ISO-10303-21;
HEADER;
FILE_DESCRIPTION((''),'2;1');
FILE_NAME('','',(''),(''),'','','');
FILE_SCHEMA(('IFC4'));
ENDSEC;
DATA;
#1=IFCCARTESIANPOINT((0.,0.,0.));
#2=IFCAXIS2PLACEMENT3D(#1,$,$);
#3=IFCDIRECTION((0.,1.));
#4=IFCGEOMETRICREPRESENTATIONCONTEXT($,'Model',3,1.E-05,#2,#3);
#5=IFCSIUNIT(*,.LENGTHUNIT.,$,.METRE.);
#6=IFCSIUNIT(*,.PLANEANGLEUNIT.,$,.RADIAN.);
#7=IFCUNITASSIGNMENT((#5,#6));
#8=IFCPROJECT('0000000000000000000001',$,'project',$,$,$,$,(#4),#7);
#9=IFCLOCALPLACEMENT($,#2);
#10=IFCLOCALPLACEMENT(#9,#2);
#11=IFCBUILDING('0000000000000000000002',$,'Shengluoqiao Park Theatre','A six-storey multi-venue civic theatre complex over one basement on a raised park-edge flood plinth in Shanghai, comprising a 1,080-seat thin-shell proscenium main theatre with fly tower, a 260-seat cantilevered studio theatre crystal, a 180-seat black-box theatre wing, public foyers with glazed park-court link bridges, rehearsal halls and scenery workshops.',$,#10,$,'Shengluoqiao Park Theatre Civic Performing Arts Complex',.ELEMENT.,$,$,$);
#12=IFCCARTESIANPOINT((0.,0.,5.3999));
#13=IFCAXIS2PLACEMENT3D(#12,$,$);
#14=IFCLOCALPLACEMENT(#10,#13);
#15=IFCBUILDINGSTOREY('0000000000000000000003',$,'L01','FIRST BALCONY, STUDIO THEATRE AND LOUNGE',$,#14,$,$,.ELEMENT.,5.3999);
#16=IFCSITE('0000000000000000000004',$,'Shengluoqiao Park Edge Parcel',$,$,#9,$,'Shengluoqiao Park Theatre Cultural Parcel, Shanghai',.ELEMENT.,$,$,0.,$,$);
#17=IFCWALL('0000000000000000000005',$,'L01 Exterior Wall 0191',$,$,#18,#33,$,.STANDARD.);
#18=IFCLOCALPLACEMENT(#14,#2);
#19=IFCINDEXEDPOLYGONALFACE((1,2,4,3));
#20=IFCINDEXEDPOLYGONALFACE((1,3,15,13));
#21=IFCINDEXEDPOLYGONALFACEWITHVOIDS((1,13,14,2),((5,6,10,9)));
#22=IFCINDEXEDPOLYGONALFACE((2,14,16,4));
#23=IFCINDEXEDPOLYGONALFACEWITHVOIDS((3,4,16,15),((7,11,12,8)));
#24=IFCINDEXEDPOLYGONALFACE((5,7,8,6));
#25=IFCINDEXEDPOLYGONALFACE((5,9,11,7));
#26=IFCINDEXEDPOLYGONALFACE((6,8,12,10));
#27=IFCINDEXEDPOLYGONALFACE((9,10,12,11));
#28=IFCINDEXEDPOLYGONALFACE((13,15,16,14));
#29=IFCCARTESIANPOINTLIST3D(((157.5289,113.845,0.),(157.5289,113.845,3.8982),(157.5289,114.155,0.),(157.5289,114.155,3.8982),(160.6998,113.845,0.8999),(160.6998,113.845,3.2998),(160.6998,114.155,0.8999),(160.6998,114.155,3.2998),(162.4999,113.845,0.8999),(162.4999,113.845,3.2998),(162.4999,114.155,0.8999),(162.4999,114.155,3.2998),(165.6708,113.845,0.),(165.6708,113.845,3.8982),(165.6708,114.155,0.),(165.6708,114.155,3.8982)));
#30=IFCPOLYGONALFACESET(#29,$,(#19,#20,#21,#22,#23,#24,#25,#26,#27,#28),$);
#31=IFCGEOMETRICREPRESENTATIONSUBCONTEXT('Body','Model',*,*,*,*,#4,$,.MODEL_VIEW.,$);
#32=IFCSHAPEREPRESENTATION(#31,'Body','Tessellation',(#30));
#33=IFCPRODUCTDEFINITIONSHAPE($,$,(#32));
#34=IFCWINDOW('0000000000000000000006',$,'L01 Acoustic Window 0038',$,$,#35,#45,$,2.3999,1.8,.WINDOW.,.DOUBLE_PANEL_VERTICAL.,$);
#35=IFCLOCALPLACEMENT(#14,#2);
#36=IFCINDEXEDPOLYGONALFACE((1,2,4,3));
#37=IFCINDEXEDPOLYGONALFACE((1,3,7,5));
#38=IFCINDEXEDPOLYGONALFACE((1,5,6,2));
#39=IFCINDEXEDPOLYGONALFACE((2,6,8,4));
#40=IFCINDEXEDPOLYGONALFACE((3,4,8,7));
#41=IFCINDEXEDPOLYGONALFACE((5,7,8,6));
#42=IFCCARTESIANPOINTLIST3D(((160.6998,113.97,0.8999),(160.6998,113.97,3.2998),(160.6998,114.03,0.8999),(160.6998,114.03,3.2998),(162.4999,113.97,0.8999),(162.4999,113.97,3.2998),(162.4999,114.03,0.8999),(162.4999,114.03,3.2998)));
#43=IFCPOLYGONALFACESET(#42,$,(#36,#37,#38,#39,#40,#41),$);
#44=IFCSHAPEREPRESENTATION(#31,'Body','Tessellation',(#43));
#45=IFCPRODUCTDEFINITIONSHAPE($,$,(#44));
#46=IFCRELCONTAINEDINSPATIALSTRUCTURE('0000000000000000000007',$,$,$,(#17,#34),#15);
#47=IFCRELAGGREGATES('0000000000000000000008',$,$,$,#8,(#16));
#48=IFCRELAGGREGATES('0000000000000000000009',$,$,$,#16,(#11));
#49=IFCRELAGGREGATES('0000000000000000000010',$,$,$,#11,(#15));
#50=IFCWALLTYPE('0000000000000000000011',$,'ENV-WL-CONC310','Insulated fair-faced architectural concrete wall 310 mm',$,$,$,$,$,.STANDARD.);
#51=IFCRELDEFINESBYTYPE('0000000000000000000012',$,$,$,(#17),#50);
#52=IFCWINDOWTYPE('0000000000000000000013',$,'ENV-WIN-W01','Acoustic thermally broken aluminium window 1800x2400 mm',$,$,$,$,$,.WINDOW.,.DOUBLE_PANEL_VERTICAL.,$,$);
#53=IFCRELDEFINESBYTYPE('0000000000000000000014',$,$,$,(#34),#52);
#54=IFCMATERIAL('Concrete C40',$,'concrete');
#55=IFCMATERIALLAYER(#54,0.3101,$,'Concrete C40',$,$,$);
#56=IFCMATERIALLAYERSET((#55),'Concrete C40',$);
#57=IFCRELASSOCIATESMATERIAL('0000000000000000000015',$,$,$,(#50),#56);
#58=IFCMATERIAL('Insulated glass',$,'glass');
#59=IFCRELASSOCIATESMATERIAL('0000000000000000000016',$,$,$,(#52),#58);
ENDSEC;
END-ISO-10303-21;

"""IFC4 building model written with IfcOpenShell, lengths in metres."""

from ifc_helpers import new_model, si_unit, direction, frame, frame_2d, origin, place, context, subcontext, project, spatial, rectangle, extrude, material, layer, layer_set, type_object, element, fill, save


model = new_model("IFC4")

# Units and contexts
model_context = context("Model", 3, precision=1e-05, world=origin(), true_north=direction((0.0, 1.0)))
body_context = subcontext(model_context, "Body", "Model", "MODEL_VIEW")
ifc_project = project(units=[si_unit("LENGTHUNIT", "METRE"), si_unit("PLANEANGLEUNIT", "RADIAN")], contexts=[model_context])

# Site, building, storey
site_placement = place(None, origin())
site = spatial("IfcSite", under=ifc_project, at=site_placement, Name="Shengluoqiao Park Edge Parcel", LongName="Shengluoqiao Park Theatre Cultural Parcel, Shanghai", CompositionType="ELEMENT", RefElevation=0.0)
building_placement = place(site_placement, origin())
building = spatial("IfcBuilding", under=site, at=building_placement, Name="Shengluoqiao Park Theatre", Description="A six-storey multi-venue civic theatre complex over one basement on a raised park-edge flood plinth in Shanghai, comprising a 1,080-seat thin-shell proscenium main theatre with fly tower, a 260-seat cantilevered studio theatre crystal, a 180-seat black-box theatre wing, public foyers with glazed park-court link bridges, rehearsal halls and scenery workshops.", LongName="Shengluoqiao Park Theatre Civic Performing Arts Complex", CompositionType="ELEMENT")
storey_placement = place(building_placement, frame((0.0, 0.0, 5.3999)))
storey = spatial("IfcBuildingStorey", under=building, at=storey_placement, Name="L01", Description="FIRST BALCONY, STUDIO THEATRE AND LOUNGE", CompositionType="ELEMENT", Elevation=5.3999)

# Shared definitions
ifc_material_1 = material(Name="Concrete C40", Category="concrete")

# Wall, opening, window
ifc_material_2 = material(Name="Insulated glass", Category="glass")
ifc_layer_1 = layer(ifc_material_1, 0.3101, Name="Concrete C40")
ifc_layer_set_1 = layer_set([ifc_layer_1], Name="Concrete C40")
wall_type_1 = type_object("IfcWallType", Name="ENV-WL-CONC310", Description="Insulated fair-faced architectural concrete wall 310 mm", PredefinedType="STANDARD", material=ifc_layer_set_1)
wall_1_placement = place(storey_placement, frame((157.5291, 114.0, 0.0), z_axis=(0.0, 0.0, 1.0), x_axis=(1.0, 0.0, 0.0)))
wall_1 = element("IfcWall", 1, at=wall_1_placement, inside=storey, type_object=wall_type_1, Name="L01 Exterior Wall 0191", PredefinedType="STANDARD", context=body_context, shape_type="SweptSolid", body=[
    extrude(rectangle(XDim=8.1418, YDim=0.3101, at=frame_2d((4.0708, 0.0))), origin(), (0.0, 0.0, 1.0), 3.8982),
])
opening_1_placement = place(wall_1_placement, frame((3.1709, 0.0, 0.8999)))
opening_1 = element("IfcOpeningElement", 2, at=opening_1_placement, cuts=wall_1, PredefinedType="OPENING", context=body_context, shape_type="SweptSolid", body=[
    extrude(rectangle(XDim=1.8, YDim=2.3999, at=frame_2d((0.8999, 1.2))), frame((0.0, 0.165, 0.0), z_axis=(0.0, -1.0, 0.0), x_axis=(1.0, 0.0, 0.0)), (0.0, 0.0, 1.0), 0.3301),
])
window_type_1 = type_object("IfcWindowType", Name="ENV-WIN-W01", Description="Acoustic thermally broken aluminium window 1800x2400 mm", PartitioningType="DOUBLE_PANEL_VERTICAL", PredefinedType="WINDOW", material=ifc_material_2)
window_1_placement = place(opening_1_placement, origin())
window_1 = element("IfcWindow", 3, at=window_1_placement, inside=storey, type_object=window_type_1, Name="L01 Acoustic Window 0038", OverallHeight=2.3999, OverallWidth=1.8, PartitioningType="DOUBLE_PANEL_VERTICAL", PredefinedType="WINDOW", context=body_context, shape_type="SweptSolid", body=[
    extrude(rectangle(XDim=1.8, YDim=2.3999, at=frame_2d((0.8999, 1.2))), frame((0.0, 0.03, 0.0), z_axis=(0.0, -1.0, 0.0), x_axis=(1.0, 0.0, 0.0)), (0.0, 0.0, 1.0), 0.0601),
])
fill(opening_1, window_1)

save(model, "model.ifc")
